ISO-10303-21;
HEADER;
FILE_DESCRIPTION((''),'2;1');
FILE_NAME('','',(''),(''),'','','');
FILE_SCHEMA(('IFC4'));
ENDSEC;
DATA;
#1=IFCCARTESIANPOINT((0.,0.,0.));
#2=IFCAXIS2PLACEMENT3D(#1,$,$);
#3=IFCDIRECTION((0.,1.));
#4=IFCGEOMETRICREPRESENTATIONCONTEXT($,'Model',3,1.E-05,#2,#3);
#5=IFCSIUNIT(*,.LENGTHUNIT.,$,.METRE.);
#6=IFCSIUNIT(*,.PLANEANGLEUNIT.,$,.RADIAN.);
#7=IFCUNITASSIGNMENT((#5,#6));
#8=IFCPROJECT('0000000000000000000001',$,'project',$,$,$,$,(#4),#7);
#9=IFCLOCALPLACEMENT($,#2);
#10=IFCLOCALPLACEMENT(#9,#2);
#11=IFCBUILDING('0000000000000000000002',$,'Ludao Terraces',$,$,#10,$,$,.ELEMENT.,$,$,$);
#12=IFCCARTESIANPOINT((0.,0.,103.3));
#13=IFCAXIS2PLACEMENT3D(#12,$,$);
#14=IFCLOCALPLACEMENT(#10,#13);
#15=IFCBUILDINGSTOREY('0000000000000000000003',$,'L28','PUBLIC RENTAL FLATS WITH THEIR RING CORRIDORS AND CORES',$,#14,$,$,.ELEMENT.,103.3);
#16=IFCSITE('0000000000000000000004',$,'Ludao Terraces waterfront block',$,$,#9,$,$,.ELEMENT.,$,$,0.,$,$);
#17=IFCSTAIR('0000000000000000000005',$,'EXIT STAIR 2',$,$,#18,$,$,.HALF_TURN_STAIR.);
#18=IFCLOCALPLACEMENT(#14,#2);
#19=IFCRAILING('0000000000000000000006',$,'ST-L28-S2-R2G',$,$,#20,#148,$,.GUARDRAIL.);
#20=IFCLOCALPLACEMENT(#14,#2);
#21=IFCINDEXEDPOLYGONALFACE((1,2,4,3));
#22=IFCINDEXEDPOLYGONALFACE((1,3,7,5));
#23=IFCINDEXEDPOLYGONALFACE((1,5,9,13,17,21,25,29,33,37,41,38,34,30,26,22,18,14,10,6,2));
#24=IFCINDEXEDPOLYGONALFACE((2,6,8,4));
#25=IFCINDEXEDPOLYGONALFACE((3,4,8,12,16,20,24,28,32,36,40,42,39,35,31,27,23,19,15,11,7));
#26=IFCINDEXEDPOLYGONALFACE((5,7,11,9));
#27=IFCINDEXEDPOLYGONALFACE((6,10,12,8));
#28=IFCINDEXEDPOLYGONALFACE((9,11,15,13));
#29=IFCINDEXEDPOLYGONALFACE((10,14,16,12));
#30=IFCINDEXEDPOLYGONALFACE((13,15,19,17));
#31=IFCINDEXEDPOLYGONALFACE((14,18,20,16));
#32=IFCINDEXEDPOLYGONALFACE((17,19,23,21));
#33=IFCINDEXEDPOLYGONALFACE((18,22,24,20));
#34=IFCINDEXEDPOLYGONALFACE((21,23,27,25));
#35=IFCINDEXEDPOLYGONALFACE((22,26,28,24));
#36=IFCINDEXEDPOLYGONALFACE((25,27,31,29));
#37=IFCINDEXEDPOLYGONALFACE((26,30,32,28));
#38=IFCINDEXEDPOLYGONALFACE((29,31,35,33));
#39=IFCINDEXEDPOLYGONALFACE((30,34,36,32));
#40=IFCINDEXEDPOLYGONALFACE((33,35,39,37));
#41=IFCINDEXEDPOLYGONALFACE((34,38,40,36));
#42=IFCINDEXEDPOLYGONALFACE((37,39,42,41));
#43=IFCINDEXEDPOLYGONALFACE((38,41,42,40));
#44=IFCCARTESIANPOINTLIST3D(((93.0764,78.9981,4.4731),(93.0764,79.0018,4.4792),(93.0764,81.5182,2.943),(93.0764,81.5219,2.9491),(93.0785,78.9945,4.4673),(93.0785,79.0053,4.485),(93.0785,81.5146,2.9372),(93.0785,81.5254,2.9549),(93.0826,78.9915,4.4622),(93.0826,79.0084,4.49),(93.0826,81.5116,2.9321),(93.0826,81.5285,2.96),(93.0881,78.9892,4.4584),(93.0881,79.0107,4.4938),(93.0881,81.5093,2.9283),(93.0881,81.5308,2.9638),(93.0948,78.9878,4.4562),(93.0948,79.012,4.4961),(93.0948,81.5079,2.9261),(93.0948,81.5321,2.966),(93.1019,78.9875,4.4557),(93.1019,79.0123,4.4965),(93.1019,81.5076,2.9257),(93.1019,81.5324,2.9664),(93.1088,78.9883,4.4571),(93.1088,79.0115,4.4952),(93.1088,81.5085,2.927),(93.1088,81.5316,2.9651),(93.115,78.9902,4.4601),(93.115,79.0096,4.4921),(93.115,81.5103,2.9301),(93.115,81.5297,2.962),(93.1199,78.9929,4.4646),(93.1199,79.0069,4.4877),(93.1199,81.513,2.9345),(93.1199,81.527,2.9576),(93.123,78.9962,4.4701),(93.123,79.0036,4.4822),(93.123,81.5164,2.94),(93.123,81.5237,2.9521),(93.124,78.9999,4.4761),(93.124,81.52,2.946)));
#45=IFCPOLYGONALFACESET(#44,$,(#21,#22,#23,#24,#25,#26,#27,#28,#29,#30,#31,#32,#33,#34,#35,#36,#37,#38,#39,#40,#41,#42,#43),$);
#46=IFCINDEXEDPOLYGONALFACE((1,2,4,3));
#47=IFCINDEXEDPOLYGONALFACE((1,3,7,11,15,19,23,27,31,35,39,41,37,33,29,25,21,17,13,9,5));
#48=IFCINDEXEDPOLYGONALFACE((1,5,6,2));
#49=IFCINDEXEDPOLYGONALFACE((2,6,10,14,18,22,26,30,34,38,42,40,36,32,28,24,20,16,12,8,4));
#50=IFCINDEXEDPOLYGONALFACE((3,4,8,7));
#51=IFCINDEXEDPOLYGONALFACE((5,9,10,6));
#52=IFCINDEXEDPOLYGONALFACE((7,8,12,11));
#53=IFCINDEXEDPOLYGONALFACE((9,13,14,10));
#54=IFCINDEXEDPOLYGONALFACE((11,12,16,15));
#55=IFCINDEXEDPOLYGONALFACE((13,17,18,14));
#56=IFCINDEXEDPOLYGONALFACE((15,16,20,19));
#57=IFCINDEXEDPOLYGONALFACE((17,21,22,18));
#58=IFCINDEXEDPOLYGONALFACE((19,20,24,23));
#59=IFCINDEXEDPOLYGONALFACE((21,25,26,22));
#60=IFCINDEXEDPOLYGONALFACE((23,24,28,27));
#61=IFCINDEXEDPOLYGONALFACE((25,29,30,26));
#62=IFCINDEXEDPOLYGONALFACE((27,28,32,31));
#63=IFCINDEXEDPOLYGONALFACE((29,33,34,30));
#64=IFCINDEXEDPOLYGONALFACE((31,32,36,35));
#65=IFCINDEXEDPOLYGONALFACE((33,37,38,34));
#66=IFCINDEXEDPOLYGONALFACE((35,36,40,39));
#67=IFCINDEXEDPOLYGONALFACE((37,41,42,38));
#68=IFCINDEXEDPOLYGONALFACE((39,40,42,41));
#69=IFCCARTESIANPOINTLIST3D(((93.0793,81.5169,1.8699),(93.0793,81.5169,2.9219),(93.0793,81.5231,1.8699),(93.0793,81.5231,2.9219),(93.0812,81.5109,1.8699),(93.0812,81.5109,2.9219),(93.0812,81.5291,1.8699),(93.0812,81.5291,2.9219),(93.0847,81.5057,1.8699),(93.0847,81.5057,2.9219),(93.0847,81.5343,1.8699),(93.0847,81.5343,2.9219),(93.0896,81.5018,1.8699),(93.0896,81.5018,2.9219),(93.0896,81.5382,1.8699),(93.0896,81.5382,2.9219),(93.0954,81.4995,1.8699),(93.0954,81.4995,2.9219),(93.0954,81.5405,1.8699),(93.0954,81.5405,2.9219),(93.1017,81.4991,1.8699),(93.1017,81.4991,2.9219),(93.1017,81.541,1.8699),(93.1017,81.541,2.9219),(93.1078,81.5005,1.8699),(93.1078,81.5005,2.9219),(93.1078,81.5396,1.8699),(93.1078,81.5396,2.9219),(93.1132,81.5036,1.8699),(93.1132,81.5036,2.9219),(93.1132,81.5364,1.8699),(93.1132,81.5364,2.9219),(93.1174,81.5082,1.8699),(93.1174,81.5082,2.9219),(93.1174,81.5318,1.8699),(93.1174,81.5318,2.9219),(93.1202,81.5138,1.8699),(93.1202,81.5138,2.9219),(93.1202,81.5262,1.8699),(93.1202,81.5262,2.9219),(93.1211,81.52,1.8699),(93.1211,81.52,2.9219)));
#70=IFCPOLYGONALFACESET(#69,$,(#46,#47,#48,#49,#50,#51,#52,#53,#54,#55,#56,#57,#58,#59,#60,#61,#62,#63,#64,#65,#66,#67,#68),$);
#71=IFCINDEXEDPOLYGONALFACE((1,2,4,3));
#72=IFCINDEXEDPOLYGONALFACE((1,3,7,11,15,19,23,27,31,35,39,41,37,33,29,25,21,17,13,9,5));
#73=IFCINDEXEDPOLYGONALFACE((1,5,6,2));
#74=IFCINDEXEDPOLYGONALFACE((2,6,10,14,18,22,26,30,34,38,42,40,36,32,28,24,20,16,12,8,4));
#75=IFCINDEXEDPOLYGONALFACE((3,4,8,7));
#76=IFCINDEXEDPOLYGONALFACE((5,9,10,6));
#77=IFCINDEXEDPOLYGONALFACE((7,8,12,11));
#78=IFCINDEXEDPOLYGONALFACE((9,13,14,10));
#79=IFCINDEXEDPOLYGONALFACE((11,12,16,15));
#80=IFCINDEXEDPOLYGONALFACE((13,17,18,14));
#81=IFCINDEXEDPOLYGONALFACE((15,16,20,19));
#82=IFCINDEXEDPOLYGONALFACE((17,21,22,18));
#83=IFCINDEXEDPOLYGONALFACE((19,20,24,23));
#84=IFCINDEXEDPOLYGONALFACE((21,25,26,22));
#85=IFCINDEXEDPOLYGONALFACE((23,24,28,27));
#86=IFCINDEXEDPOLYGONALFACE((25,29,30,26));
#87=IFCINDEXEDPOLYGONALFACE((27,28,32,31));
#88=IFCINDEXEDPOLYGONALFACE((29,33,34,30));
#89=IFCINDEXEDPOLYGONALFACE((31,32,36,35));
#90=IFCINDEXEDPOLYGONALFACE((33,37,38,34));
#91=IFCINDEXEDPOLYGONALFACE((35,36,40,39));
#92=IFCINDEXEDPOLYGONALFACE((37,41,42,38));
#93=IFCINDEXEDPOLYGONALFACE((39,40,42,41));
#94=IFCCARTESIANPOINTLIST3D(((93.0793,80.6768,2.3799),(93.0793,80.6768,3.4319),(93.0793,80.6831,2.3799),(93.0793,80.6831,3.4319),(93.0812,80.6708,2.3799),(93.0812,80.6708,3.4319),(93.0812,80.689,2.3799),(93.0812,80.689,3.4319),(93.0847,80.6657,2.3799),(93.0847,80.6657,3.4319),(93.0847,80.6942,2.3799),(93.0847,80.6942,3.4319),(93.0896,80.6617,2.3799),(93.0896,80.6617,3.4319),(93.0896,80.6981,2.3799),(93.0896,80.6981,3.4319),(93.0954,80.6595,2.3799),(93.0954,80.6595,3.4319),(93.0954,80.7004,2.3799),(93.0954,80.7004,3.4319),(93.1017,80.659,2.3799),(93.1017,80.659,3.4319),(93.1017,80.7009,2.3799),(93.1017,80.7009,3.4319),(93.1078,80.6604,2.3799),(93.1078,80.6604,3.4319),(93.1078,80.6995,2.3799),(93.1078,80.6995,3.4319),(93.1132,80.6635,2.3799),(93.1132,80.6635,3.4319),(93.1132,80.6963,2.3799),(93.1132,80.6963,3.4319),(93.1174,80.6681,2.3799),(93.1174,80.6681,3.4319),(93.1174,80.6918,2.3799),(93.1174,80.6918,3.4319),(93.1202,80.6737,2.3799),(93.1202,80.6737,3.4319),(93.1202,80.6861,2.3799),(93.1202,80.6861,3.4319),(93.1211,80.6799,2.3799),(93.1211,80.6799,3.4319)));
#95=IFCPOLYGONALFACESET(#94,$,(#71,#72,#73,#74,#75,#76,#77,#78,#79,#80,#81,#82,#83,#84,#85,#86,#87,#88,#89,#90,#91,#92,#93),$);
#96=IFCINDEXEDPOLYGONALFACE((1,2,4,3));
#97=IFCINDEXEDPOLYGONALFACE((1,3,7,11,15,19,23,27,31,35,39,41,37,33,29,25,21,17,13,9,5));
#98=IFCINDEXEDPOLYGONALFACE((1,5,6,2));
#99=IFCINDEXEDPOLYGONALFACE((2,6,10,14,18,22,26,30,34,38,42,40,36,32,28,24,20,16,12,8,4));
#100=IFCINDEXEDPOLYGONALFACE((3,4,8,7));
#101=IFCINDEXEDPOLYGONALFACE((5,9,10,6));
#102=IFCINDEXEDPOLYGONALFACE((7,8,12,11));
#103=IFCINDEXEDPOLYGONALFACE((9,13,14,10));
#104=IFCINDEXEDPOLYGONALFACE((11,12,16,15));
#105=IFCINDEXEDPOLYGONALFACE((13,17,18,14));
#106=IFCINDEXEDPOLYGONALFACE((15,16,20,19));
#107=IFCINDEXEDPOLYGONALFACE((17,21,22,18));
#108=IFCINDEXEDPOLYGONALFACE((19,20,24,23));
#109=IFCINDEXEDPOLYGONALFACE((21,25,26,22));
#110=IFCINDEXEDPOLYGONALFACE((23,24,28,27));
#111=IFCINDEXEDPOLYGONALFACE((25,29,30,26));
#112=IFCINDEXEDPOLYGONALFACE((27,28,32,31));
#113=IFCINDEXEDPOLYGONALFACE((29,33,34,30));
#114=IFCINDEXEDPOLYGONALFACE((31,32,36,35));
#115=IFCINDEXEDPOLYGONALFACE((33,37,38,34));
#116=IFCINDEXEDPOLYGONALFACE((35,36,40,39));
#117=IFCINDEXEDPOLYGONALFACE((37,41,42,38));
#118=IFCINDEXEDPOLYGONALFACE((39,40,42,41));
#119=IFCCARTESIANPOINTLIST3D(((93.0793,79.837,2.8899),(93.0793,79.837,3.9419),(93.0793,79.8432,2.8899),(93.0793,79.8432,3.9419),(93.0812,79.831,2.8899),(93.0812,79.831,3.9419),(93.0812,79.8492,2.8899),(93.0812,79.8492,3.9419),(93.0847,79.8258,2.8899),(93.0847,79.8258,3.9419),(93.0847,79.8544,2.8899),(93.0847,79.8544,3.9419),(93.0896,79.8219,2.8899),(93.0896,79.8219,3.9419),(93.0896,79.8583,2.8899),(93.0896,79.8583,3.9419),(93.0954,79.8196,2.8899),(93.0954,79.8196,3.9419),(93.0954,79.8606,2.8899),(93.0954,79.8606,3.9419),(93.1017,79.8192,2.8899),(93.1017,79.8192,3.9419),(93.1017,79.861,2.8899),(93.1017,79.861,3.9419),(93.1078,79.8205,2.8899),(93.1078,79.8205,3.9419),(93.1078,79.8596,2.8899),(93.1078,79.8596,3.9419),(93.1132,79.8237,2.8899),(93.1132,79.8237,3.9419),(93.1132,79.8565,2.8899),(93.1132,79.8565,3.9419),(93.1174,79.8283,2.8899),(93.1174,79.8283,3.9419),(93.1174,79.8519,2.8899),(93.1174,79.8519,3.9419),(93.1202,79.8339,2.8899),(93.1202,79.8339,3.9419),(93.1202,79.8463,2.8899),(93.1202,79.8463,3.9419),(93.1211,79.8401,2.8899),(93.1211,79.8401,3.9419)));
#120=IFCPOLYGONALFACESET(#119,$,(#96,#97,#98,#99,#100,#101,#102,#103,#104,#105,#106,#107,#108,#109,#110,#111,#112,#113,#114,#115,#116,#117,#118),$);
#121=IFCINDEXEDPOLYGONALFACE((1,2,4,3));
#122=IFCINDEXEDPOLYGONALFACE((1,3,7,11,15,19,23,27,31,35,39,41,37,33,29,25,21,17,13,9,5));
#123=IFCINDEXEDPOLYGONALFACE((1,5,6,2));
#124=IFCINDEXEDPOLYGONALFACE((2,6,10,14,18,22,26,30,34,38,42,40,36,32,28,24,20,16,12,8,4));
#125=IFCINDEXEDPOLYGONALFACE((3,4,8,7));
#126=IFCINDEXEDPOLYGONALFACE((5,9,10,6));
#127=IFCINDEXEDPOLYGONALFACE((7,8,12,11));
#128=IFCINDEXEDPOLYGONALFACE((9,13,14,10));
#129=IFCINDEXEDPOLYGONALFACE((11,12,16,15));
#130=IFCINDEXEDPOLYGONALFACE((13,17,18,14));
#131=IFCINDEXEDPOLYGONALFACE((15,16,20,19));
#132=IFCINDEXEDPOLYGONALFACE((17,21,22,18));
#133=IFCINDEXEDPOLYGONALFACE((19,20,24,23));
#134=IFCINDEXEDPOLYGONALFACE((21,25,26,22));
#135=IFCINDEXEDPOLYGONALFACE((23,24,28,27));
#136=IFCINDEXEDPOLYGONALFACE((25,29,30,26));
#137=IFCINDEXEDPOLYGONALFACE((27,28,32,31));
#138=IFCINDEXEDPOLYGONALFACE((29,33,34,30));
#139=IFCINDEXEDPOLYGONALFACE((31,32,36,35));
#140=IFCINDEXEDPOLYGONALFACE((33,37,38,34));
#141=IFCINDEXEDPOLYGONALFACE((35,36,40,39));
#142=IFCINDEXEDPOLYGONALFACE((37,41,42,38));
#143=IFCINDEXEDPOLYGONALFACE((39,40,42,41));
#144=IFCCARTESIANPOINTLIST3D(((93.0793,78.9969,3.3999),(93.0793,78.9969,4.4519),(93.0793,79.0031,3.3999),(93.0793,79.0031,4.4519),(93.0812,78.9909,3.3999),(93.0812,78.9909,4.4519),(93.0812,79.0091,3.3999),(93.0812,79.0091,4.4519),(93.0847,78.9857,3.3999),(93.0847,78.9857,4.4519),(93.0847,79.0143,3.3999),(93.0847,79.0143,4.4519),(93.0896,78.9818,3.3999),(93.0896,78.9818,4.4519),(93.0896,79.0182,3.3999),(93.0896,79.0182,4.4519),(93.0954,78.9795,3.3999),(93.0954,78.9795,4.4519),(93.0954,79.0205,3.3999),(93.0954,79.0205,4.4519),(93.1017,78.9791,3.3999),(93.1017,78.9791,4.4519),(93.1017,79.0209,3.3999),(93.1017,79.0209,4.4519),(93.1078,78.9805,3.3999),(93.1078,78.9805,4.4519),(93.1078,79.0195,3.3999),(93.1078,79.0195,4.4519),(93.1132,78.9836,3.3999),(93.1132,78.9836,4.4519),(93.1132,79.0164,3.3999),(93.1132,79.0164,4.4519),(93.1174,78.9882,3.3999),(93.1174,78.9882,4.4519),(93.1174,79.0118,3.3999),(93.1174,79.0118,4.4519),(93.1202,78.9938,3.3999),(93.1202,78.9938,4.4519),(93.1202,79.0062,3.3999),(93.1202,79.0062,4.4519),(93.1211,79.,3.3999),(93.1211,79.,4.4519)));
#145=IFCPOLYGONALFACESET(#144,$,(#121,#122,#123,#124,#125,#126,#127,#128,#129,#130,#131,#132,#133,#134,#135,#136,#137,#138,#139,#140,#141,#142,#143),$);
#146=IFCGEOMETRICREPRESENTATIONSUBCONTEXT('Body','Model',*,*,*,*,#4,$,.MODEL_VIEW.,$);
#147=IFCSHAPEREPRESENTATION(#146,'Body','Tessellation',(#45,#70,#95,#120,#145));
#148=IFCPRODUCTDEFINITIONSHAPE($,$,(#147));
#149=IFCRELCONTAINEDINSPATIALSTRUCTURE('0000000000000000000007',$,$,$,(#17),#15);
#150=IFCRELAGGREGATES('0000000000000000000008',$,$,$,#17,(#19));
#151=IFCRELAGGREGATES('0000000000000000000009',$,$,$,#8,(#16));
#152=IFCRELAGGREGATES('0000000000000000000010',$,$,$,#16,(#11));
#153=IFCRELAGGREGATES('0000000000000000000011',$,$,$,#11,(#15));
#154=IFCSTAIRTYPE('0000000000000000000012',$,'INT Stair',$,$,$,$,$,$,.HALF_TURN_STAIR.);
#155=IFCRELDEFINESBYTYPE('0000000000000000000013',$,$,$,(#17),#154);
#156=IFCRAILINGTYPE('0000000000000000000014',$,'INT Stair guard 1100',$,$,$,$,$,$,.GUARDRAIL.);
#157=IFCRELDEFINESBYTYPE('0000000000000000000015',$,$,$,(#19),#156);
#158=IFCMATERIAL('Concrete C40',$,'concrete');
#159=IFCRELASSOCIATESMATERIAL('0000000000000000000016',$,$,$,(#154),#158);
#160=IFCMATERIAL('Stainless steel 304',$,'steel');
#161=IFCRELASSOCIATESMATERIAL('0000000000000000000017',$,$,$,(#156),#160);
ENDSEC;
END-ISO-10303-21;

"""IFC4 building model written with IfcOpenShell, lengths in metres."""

from ifc_helpers import new_model, si_unit, direction, frame, origin, origin_2d, place, context, subcontext, project, spatial, circle, extrude, material, type_object, element, aggregate, save


model = new_model("IFC4")

# Units and contexts
model_context = context("Model", 3, precision=1e-05, world=origin(), true_north=direction((0.0, 1.0)))
body_context = subcontext(model_context, "Body", "Model", "MODEL_VIEW")
ifc_project = project(units=[si_unit("LENGTHUNIT", "METRE"), si_unit("PLANEANGLEUNIT", "RADIAN")], contexts=[model_context])

# Site, building, storey
site_placement = place(None, origin())
site = spatial("IfcSite", under=ifc_project, at=site_placement, Name="Ludao Terraces waterfront block", CompositionType="ELEMENT", RefElevation=0.0)
building_placement = place(site_placement, origin())
building = spatial("IfcBuilding", under=site, at=building_placement, Name="Ludao Terraces", CompositionType="ELEMENT")
storey_placement = place(building_placement, frame((0.0, 0.0, 103.3)))
storey = spatial("IfcBuildingStorey", under=building, at=storey_placement, Name="L28", Description="PUBLIC RENTAL FLATS WITH THEIR RING CORRIDORS AND CORES", CompositionType="ELEMENT", Elevation=103.3)

# Shared definitions
ifc_material_1 = material(Name="Stainless steel 304", Category="steel")

# Stair, railing
ifc_material_2 = material(Name="Concrete C40", Category="concrete")
stair_type = type_object("IfcStairType", Name="INT Stair", PredefinedType="HALF_TURN_STAIR", material=ifc_material_2)
stair_placement = place(storey_placement, origin())
stair = element("IfcStair", 1, at=stair_placement, inside=storey, type_object=stair_type, Name="EXIT STAIR 2", PredefinedType="HALF_TURN_STAIR")
railing_type = type_object("IfcRailingType", Name="INT Stair guard 1100", PredefinedType="GUARDRAIL", material=ifc_material_1)
railing_1_placement = place(storey_placement, frame((93.1001, 81.52, 1.8699)))
railing_1 = element("IfcRailing", 2, at=railing_1_placement, type_object=railing_type, Name="ST-L28-S2-R2G", PredefinedType="GUARDRAIL", context=body_context, shape_type="SweptSolid", body=[
    extrude(circle(Radius=0.0239, at=origin_2d()), frame((0.0, 0.0, 1.0762), z_axis=(0.0, -0.854785, 0.518982), x_axis=(1.0, 0.0, 0.0)), (0.0, 0.0, 1.0), 2.9482),
    extrude(circle(Radius=0.021, at=origin_2d()), origin(), (0.0, 0.0, 1.0), 1.052),
    extrude(circle(Radius=0.021, at=origin_2d()), frame((0.0, -0.8401, 0.51)), (0.0, 0.0, 1.0), 1.052),
    extrude(circle(Radius=0.021, at=origin_2d()), frame((0.0, -1.6799, 1.02)), (0.0, 0.0, 1.0), 1.052),
    extrude(circle(Radius=0.021, at=origin_2d()), frame((0.0, -2.52, 1.53)), (0.0, 0.0, 1.0), 1.052),
])
aggregate(stair, [railing_1])

save(model, "model.ifc")
